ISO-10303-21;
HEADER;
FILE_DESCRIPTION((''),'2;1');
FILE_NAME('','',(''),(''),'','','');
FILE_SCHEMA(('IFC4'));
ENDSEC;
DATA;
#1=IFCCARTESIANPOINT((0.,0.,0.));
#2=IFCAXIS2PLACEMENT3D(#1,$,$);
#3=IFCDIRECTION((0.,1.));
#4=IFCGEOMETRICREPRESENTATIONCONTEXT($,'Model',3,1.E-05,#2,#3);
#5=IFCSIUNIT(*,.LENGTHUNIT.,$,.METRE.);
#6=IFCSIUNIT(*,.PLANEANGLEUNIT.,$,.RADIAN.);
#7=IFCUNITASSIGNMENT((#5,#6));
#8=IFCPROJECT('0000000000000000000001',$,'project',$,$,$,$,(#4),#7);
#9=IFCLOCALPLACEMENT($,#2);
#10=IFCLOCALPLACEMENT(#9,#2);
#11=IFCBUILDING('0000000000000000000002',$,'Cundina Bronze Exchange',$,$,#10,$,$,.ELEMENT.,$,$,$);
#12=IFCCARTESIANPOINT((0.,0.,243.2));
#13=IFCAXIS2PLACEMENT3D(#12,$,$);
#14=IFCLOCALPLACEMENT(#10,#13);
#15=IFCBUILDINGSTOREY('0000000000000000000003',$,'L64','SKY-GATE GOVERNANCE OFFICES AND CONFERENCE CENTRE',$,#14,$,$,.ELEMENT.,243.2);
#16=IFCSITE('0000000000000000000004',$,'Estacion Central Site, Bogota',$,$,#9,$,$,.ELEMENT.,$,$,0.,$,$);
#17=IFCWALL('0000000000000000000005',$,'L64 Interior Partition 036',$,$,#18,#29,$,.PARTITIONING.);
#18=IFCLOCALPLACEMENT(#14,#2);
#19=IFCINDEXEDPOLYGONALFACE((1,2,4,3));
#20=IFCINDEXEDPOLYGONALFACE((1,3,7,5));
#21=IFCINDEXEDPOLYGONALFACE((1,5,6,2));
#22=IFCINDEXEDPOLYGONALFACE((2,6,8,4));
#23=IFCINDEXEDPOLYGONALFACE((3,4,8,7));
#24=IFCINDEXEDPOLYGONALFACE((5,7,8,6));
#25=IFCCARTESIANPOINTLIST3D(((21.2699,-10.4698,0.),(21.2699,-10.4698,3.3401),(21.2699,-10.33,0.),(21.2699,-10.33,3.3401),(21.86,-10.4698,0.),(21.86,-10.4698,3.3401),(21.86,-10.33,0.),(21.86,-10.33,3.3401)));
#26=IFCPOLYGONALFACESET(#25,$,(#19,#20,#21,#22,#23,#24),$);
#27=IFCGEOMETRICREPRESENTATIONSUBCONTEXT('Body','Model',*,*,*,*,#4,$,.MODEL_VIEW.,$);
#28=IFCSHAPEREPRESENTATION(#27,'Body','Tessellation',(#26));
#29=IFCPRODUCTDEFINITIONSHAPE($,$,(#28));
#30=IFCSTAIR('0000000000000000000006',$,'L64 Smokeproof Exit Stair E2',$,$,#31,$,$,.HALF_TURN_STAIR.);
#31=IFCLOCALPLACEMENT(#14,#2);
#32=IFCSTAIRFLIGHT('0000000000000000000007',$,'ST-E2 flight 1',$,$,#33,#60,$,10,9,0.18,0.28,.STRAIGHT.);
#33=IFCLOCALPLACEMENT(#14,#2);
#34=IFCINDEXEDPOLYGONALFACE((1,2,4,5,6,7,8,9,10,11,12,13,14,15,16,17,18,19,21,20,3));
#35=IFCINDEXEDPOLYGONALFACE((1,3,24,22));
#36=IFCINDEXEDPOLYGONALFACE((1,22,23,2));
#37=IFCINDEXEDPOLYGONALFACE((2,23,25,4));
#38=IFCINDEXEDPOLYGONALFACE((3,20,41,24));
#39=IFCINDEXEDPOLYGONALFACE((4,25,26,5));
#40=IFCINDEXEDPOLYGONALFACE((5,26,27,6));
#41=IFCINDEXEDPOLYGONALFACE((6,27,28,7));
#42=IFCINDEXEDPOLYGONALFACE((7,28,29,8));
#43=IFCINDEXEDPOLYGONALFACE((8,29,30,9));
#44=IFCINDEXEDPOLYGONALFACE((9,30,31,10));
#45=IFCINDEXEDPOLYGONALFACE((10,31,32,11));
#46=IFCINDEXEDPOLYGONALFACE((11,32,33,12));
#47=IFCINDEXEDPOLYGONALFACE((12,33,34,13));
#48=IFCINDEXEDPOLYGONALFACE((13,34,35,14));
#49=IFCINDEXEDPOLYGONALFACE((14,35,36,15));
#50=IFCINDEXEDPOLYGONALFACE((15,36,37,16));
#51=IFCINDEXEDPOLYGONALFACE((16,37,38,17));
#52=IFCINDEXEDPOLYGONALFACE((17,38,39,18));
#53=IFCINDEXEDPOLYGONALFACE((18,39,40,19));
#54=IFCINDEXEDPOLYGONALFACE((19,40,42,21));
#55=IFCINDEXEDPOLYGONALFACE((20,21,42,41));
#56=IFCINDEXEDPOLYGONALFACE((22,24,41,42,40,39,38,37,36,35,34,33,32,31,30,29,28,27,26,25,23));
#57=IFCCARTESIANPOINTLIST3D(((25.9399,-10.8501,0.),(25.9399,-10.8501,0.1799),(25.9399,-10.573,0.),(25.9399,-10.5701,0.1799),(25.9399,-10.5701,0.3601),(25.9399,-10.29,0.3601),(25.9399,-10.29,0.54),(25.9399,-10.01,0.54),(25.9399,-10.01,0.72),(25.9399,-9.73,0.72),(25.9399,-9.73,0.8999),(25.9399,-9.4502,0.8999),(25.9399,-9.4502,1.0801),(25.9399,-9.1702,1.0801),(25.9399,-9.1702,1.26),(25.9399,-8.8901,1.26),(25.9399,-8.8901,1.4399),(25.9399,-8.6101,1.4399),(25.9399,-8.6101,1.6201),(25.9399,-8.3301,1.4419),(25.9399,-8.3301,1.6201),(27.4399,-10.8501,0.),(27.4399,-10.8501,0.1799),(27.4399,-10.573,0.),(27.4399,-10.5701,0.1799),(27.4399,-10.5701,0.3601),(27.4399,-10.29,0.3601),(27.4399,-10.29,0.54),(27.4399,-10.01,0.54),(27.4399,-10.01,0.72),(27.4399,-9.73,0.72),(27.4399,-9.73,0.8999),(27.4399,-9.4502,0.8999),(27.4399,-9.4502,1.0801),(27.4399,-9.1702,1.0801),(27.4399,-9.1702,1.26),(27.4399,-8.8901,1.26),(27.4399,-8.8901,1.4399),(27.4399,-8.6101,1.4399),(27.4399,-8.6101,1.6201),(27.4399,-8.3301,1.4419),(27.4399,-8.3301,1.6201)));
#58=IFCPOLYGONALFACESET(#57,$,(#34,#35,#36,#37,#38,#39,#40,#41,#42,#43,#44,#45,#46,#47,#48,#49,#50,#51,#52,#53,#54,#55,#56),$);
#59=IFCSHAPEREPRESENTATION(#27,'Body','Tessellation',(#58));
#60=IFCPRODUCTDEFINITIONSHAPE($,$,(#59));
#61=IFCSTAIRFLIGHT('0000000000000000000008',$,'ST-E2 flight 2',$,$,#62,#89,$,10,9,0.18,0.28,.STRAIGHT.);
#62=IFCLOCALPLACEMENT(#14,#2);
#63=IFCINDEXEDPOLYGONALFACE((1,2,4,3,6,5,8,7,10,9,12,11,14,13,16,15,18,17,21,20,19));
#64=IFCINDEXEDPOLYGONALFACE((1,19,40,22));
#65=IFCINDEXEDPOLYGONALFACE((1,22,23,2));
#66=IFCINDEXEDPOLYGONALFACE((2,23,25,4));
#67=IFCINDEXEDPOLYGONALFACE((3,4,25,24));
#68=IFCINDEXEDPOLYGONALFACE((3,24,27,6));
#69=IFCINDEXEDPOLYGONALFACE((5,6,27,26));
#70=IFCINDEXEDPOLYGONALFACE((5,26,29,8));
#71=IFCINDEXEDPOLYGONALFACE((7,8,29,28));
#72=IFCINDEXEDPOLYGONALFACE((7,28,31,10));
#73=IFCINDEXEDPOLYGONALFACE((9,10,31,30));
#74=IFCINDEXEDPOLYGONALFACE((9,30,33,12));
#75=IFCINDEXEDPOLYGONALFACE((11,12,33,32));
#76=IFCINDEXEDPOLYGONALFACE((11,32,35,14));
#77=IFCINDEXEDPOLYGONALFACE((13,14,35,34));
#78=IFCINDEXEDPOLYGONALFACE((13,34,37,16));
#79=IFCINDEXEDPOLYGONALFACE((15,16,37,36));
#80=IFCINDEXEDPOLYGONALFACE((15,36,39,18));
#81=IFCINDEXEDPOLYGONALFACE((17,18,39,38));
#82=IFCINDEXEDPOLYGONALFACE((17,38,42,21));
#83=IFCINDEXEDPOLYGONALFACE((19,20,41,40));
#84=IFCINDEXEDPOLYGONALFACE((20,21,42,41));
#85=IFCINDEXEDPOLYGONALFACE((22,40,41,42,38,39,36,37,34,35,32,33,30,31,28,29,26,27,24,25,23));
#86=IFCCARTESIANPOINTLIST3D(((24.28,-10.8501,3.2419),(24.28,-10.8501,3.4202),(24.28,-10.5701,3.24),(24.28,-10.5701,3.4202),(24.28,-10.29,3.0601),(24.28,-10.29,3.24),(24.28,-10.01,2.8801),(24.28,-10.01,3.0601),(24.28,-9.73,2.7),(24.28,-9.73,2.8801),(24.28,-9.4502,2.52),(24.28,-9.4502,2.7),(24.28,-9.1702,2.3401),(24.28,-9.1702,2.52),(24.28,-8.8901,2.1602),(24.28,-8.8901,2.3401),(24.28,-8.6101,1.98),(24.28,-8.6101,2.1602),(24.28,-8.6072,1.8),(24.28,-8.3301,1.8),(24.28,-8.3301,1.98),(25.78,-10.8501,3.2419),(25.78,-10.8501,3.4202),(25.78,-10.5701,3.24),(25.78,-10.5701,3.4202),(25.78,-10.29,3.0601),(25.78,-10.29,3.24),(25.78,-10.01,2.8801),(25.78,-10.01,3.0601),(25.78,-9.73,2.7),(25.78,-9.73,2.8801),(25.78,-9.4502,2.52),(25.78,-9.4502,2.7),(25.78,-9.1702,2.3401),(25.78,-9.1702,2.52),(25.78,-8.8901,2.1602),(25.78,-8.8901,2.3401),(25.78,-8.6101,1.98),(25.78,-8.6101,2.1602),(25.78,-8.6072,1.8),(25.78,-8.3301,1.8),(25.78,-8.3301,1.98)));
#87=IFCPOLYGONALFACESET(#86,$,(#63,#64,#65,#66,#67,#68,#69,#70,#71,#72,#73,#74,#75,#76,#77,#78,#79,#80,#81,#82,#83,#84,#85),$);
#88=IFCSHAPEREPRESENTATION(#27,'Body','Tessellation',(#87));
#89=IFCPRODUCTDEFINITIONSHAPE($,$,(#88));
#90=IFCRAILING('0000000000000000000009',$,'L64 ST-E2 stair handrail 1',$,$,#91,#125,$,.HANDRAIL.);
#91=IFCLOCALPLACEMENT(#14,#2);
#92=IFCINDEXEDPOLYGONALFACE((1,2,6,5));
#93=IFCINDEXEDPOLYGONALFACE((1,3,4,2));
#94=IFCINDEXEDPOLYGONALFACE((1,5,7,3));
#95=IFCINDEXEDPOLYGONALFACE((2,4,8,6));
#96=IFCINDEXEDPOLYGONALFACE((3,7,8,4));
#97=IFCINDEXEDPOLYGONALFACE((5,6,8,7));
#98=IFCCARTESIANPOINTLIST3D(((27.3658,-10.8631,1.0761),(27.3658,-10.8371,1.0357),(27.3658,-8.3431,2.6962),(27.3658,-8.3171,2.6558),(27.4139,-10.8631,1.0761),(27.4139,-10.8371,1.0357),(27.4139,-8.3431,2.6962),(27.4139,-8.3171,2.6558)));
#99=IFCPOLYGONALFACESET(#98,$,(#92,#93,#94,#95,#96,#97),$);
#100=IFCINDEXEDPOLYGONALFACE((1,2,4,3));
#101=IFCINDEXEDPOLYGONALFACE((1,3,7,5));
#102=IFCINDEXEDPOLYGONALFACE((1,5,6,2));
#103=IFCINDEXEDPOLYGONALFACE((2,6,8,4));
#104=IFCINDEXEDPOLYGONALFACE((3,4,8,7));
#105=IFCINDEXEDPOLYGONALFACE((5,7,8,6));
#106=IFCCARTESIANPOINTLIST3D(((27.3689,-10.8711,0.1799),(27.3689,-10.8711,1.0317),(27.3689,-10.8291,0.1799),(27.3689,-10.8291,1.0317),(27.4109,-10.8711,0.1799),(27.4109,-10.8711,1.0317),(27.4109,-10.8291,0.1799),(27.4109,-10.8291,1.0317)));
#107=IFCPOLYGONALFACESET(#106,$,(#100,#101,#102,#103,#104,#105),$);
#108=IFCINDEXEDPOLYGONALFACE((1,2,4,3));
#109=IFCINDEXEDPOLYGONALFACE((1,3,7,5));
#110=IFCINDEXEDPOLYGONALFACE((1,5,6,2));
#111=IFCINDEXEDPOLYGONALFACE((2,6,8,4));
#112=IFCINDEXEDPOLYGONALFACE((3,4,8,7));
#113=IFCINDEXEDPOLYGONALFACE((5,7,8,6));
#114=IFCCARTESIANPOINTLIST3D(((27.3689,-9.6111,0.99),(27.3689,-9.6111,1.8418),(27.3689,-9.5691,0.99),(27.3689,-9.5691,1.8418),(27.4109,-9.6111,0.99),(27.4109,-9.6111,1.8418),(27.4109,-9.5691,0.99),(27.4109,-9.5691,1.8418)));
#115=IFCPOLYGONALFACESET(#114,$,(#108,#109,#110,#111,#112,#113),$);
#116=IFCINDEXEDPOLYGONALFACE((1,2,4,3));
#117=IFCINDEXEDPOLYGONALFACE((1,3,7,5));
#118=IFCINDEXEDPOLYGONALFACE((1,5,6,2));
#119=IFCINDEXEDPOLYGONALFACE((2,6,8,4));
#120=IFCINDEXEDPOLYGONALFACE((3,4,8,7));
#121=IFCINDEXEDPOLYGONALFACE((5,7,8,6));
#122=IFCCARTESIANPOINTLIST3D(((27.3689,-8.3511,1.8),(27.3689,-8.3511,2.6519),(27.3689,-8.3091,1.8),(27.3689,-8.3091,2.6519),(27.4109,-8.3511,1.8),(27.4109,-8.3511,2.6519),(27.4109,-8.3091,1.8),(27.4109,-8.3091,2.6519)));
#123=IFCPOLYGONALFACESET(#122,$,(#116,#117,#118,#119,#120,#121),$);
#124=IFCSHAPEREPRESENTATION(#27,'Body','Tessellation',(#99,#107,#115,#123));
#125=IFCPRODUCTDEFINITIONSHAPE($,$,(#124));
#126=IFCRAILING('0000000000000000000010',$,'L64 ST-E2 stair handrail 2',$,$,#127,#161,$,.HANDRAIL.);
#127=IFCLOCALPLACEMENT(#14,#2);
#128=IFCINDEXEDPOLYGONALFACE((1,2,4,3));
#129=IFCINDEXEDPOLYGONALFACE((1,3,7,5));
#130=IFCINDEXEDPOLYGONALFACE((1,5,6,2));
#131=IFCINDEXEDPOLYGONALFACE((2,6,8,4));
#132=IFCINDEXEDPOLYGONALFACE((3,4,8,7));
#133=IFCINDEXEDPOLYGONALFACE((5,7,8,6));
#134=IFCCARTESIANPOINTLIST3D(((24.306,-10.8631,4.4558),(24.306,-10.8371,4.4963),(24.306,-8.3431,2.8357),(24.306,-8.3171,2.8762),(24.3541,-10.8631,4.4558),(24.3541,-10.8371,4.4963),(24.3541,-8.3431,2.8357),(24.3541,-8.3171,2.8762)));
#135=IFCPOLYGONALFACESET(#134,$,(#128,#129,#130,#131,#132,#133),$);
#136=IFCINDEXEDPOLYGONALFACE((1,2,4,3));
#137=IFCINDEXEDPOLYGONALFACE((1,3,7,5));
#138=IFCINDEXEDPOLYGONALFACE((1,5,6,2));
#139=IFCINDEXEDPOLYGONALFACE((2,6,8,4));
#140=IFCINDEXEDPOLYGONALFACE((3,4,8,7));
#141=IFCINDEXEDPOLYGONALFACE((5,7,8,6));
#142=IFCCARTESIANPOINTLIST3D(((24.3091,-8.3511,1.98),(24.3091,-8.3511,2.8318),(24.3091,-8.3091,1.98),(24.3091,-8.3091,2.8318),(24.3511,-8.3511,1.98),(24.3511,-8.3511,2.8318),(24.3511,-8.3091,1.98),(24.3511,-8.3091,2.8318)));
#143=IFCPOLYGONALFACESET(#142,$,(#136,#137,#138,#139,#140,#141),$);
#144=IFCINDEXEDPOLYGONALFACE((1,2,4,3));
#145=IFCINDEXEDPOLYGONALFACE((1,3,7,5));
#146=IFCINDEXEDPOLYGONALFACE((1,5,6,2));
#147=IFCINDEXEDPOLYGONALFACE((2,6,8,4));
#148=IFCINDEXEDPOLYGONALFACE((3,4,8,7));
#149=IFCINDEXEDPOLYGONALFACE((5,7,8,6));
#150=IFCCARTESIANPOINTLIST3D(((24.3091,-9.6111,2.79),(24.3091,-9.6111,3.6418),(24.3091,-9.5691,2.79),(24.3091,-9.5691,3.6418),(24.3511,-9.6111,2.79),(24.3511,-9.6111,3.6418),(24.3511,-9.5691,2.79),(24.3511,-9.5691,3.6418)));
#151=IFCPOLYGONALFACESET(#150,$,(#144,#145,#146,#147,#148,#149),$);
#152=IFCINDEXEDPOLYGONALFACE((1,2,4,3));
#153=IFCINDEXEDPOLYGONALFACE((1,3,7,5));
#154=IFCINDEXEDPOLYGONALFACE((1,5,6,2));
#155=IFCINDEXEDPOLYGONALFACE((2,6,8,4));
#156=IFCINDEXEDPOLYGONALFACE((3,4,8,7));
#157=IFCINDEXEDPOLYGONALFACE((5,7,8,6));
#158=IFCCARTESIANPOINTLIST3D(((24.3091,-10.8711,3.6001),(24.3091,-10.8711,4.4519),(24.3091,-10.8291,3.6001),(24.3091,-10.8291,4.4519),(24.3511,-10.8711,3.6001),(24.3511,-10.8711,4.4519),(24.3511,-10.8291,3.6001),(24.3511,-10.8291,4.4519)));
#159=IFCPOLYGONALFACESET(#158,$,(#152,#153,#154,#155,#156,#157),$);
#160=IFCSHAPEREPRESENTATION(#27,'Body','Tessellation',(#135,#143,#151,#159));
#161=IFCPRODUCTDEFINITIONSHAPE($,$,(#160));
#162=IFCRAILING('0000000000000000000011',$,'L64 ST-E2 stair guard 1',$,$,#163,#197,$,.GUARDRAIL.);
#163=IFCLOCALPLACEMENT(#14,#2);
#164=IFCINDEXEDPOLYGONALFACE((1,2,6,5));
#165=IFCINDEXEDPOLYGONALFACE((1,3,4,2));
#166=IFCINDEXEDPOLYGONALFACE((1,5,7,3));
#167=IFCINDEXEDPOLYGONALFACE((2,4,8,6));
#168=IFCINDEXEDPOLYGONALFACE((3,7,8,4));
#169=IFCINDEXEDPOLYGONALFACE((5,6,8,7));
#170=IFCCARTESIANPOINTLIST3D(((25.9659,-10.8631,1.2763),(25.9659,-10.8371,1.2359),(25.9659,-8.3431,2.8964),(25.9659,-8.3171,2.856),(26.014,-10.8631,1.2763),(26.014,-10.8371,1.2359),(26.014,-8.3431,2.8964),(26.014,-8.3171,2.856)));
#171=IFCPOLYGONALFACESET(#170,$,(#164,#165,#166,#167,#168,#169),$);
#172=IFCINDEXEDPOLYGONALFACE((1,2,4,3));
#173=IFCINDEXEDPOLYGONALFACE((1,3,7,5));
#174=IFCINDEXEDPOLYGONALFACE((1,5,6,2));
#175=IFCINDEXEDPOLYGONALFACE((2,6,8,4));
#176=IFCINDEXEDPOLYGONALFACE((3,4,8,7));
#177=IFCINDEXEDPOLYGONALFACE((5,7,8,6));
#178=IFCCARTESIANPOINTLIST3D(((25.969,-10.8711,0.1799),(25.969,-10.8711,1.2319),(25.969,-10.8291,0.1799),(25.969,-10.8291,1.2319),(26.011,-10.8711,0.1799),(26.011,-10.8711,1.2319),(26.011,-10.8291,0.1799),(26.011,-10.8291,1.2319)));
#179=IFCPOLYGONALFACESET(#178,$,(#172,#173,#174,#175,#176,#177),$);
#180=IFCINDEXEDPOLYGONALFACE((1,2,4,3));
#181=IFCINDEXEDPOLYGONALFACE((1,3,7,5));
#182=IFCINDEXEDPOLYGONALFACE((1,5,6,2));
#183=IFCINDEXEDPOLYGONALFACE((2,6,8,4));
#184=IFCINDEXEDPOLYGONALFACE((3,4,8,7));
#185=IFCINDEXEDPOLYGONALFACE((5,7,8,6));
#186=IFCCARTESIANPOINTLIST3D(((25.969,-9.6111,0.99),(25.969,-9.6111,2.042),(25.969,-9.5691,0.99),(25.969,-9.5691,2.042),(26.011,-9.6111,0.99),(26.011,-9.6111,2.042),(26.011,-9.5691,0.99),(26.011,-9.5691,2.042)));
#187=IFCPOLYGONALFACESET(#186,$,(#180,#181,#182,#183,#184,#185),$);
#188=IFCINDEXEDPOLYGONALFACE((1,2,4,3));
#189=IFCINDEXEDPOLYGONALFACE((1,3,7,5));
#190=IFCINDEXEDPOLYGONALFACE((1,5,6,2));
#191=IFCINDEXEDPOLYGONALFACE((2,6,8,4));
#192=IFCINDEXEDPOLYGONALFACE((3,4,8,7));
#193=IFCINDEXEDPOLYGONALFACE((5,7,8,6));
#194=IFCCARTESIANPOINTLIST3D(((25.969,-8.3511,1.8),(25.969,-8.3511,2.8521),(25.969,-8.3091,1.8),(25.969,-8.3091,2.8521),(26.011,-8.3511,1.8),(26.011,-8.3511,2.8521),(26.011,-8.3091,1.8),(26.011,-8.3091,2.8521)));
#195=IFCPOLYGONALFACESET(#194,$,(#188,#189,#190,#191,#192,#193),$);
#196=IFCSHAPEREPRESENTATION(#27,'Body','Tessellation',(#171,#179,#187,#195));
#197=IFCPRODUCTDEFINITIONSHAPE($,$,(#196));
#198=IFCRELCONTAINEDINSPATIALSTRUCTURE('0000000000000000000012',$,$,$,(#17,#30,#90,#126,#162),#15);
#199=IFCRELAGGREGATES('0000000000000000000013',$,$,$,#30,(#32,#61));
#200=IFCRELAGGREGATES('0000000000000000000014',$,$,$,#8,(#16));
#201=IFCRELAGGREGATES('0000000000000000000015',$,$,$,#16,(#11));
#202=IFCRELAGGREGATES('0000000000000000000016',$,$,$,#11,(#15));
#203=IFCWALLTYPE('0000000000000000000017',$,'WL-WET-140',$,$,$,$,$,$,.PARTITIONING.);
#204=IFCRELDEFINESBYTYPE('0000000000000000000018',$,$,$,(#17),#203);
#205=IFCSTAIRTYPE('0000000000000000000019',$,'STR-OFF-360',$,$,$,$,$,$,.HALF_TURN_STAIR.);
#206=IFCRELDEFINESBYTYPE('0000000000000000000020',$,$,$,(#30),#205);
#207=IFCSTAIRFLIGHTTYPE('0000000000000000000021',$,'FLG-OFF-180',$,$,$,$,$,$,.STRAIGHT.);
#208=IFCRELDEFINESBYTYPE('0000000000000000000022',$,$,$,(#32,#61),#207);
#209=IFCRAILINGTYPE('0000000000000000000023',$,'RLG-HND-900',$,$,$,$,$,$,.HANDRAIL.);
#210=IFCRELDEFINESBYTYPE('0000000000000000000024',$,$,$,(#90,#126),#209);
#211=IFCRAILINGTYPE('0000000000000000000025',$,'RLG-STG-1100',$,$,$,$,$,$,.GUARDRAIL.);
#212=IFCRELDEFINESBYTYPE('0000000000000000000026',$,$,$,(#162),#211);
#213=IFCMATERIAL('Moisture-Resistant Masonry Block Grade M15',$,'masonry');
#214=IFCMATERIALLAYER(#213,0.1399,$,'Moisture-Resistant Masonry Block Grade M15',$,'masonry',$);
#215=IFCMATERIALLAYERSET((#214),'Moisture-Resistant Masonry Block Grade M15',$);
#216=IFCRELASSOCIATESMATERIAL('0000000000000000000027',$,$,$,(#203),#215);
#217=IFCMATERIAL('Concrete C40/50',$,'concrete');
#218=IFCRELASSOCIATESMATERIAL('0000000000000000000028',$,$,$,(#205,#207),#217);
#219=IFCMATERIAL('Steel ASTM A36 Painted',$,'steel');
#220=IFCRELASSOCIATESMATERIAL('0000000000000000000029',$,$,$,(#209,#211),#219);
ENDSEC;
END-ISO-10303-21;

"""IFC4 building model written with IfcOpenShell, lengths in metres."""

from ifc_helpers import new_model, si_unit, direction, frame, frame_2d, origin, origin_2d, place, context, subcontext, project, spatial, polyline, rectangle, outline, extrude, material, layer, layer_set, type_object, element, aggregate, save


model = new_model("IFC4")

# Units and contexts
model_context = context("Model", 3, precision=1e-05, world=origin(), true_north=direction((0.0, 1.0)))
body_context = subcontext(model_context, "Body", "Model", "MODEL_VIEW")
ifc_project = project(units=[si_unit("LENGTHUNIT", "METRE"), si_unit("PLANEANGLEUNIT", "RADIAN")], contexts=[model_context])

# Site, building, storey
site_placement = place(None, origin())
site = spatial("IfcSite", under=ifc_project, at=site_placement, Name="Estacion Central Site, Bogota", CompositionType="ELEMENT", RefElevation=0.0)
building_placement = place(site_placement, origin())
building = spatial("IfcBuilding", under=site, at=building_placement, Name="Cundina Bronze Exchange", CompositionType="ELEMENT")
storey_placement = place(building_placement, frame((0.0, 0.0, 243.2)))
storey = spatial("IfcBuildingStorey", under=building, at=storey_placement, Name="L64", Description="SKY-GATE GOVERNANCE OFFICES AND CONFERENCE CENTRE", CompositionType="ELEMENT", Elevation=243.2)

# Shared definitions
ifc_material_1 = material(Name="Steel ASTM A36 Painted", Category="steel")

# Wall
ifc_material_2 = material(Name="Moisture-Resistant Masonry Block Grade M15", Category="masonry")
ifc_layer_1 = layer(ifc_material_2, 0.1399, Name="Moisture-Resistant Masonry Block Grade M15", Category="masonry")
ifc_layer_set_1 = layer_set([ifc_layer_1], Name="Moisture-Resistant Masonry Block Grade M15")
wall_type_1 = type_object("IfcWallType", Name="WL-WET-140", PredefinedType="PARTITIONING", material=ifc_layer_set_1)
wall_1_placement = place(storey_placement, frame((21.27, -10.3999, 0.0), z_axis=(0.0, 0.0, 1.0), x_axis=(1.0, 0.0, 0.0)))
element("IfcWall", 1, at=wall_1_placement, inside=storey, type_object=wall_type_1, Name="L64 Interior Partition 036", PredefinedType="PARTITIONING", context=body_context, shape_type="SweptSolid", body=[
    extrude(rectangle(XDim=0.5901, YDim=0.1399, at=frame_2d((0.2949, 0.0))), origin(), (0.0, 0.0, 1.0), 3.3401),
])

# Stair, stair flights
ifc_material_3 = material(Name="Concrete C40/50", Category="concrete")
stair_type = type_object("IfcStairType", Name="STR-OFF-360", PredefinedType="HALF_TURN_STAIR", material=ifc_material_3)
stair_placement = place(storey_placement, origin())
stair = element("IfcStair", 2, at=stair_placement, inside=storey, type_object=stair_type, Name="L64 Smokeproof Exit Stair E2", PredefinedType="HALF_TURN_STAIR")
stair_flight_type = type_object("IfcStairFlightType", Name="FLG-OFF-180", PredefinedType="STRAIGHT", material=ifc_material_3)
stair_flight_1_placement = place(storey_placement, frame((26.6899, -10.8501, 0.0), z_axis=(0.0, 0.0, 1.0), x_axis=(0.0, 1.0, 0.0)))
stair_flight_1 = element("IfcStairFlight", 3, at=stair_flight_1_placement, type_object=stair_flight_type, Name="ST-E2 flight 1", NumberOfRisers=10, NumberOfTreads=9, PredefinedType="STRAIGHT", RiserHeight=0.18, TreadLength=0.28, context=body_context, shape_type="SweptSolid", body=[
    extrude(outline(polyline([(0.0, 0.0), (0.0, 0.1799), (0.28, 0.1799), (0.28, 0.3601), (0.5601, 0.3601), (0.5601, 0.54), (0.8401, 0.54), (0.8401, 0.72), (1.1201, 0.72), (1.1201, 0.8999), (1.3999, 0.8999), (1.3999, 1.0801), (1.6799, 1.0801), (1.6799, 1.26), (1.96, 1.26), (1.96, 1.4399), (2.24, 1.4399), (2.24, 1.6201), (2.52, 1.6201), (2.52, 1.8), (2.52, 1.4419), (0.2771, 0.0), (0.0, 0.0)])), frame((0.0, 0.75, 0.0), z_axis=(0.0, -1.0, 0.0), x_axis=(1.0, 0.0, 0.0)), (0.0, 0.0, 1.0), 1.5),
])
stair_flight_2_placement = place(storey_placement, frame((25.03, -8.3301, 1.8), z_axis=(0.0, 0.0, 1.0), x_axis=(0.0, -1.0, 0.0)))
stair_flight_2 = element("IfcStairFlight", 4, at=stair_flight_2_placement, type_object=stair_flight_type, Name="ST-E2 flight 2", NumberOfRisers=10, NumberOfTreads=9, PredefinedType="STRAIGHT", RiserHeight=0.18, TreadLength=0.28, context=body_context, shape_type="SweptSolid", body=[
    extrude(outline(polyline([(0.0, 0.0), (0.0, 0.1799), (0.28, 0.1799), (0.28, 0.3601), (0.5601, 0.3601), (0.5601, 0.54), (0.8401, 0.54), (0.8401, 0.72), (1.1201, 0.72), (1.1201, 0.8999), (1.3999, 0.8999), (1.3999, 1.0801), (1.6799, 1.0801), (1.6799, 1.26), (1.96, 1.26), (1.96, 1.4399), (2.24, 1.4399), (2.24, 1.6201), (2.52, 1.6201), (2.52, 1.8), (2.52, 1.4419), (0.2771, 0.0), (0.0, 0.0)])), frame((0.0, 0.75, 0.0), z_axis=(0.0, -1.0, 0.0), x_axis=(1.0, 0.0, 0.0)), (0.0, 0.0, 1.0), 1.5),
])
aggregate(stair, [stair_flight_1, stair_flight_2])

# Railings
railing_type_1 = type_object("IfcRailingType", Name="RLG-HND-900", PredefinedType="HANDRAIL", material=ifc_material_1)
railing_1_placement = place(storey_placement, frame((27.3899, -10.8501, 0.1799)))
element("IfcRailing", 5, at=railing_1_placement, inside=storey, type_object=railing_type_1, Name="L64 ST-E2 stair handrail 1", PredefinedType="HANDRAIL", context=body_context, shape_type="SweptSolid", body=[
    extrude(rectangle(XDim=0.0481, YDim=0.0481, at=origin_2d()), frame((0.0, 0.0, 0.876), z_axis=(0.0, 0.841163, 0.540782), x_axis=(-1.0, 0.0, 0.0)), (0.0, 0.0, 1.0), 2.9958),
    extrude(rectangle(XDim=0.042, YDim=0.042, at=origin_2d()), origin(), (0.0, 0.0, 1.0), 0.8518),
    extrude(rectangle(XDim=0.042, YDim=0.042, at=origin_2d()), frame((0.0, 1.26, 0.8101)), (0.0, 0.0, 1.0), 0.8518),
    extrude(rectangle(XDim=0.042, YDim=0.042, at=origin_2d()), frame((0.0, 2.52, 1.6201)), (0.0, 0.0, 1.0), 0.8518),
])
railing_2_placement = place(storey_placement, frame((24.3301, -8.3301, 1.98)))
element("IfcRailing", 6, at=railing_2_placement, inside=storey, type_object=railing_type_1, Name="L64 ST-E2 stair handrail 2", PredefinedType="HANDRAIL", context=body_context, shape_type="SweptSolid", body=[
    extrude(rectangle(XDim=0.0481, YDim=0.0481, at=origin_2d()), frame((0.0, 0.0, 0.876), z_axis=(0.0, -0.841163, 0.540782), x_axis=(1.0, 0.0, 0.0)), (0.0, 0.0, 1.0), 2.9958),
    extrude(rectangle(XDim=0.042, YDim=0.042, at=origin_2d()), origin(), (0.0, 0.0, 1.0), 0.8518),
    extrude(rectangle(XDim=0.042, YDim=0.042, at=origin_2d()), frame((0.0, -1.26, 0.8101)), (0.0, 0.0, 1.0), 0.8518),
    extrude(rectangle(XDim=0.042, YDim=0.042, at=origin_2d()), frame((0.0, -2.52, 1.6201)), (0.0, 0.0, 1.0), 0.8518),
])
railing_type_2 = type_object("IfcRailingType", Name="RLG-STG-1100", PredefinedType="GUARDRAIL", material=ifc_material_1)
railing_3_placement = place(storey_placement, frame((25.99, -10.8501, 0.1799)))
element("IfcRailing", 7, at=railing_3_placement, inside=storey, type_object=railing_type_2, Name="L64 ST-E2 stair guard 1", PredefinedType="GUARDRAIL", context=body_context, shape_type="SweptSolid", body=[
    extrude(rectangle(XDim=0.0481, YDim=0.0481, at=origin_2d()), frame((0.0, 0.0, 1.0762), z_axis=(0.0, 0.841163, 0.540782), x_axis=(-1.0, 0.0, 0.0)), (0.0, 0.0, 1.0), 2.9958),
    extrude(rectangle(XDim=0.042, YDim=0.042, at=origin_2d()), origin(), (0.0, 0.0, 1.0), 1.052),
    extrude(rectangle(XDim=0.042, YDim=0.042, at=origin_2d()), frame((0.0, 1.26, 0.8101)), (0.0, 0.0, 1.0), 1.052),
    extrude(rectangle(XDim=0.042, YDim=0.042, at=origin_2d()), frame((0.0, 2.52, 1.6201)), (0.0, 0.0, 1.0), 1.052),
])

save(model, "model.ifc")
